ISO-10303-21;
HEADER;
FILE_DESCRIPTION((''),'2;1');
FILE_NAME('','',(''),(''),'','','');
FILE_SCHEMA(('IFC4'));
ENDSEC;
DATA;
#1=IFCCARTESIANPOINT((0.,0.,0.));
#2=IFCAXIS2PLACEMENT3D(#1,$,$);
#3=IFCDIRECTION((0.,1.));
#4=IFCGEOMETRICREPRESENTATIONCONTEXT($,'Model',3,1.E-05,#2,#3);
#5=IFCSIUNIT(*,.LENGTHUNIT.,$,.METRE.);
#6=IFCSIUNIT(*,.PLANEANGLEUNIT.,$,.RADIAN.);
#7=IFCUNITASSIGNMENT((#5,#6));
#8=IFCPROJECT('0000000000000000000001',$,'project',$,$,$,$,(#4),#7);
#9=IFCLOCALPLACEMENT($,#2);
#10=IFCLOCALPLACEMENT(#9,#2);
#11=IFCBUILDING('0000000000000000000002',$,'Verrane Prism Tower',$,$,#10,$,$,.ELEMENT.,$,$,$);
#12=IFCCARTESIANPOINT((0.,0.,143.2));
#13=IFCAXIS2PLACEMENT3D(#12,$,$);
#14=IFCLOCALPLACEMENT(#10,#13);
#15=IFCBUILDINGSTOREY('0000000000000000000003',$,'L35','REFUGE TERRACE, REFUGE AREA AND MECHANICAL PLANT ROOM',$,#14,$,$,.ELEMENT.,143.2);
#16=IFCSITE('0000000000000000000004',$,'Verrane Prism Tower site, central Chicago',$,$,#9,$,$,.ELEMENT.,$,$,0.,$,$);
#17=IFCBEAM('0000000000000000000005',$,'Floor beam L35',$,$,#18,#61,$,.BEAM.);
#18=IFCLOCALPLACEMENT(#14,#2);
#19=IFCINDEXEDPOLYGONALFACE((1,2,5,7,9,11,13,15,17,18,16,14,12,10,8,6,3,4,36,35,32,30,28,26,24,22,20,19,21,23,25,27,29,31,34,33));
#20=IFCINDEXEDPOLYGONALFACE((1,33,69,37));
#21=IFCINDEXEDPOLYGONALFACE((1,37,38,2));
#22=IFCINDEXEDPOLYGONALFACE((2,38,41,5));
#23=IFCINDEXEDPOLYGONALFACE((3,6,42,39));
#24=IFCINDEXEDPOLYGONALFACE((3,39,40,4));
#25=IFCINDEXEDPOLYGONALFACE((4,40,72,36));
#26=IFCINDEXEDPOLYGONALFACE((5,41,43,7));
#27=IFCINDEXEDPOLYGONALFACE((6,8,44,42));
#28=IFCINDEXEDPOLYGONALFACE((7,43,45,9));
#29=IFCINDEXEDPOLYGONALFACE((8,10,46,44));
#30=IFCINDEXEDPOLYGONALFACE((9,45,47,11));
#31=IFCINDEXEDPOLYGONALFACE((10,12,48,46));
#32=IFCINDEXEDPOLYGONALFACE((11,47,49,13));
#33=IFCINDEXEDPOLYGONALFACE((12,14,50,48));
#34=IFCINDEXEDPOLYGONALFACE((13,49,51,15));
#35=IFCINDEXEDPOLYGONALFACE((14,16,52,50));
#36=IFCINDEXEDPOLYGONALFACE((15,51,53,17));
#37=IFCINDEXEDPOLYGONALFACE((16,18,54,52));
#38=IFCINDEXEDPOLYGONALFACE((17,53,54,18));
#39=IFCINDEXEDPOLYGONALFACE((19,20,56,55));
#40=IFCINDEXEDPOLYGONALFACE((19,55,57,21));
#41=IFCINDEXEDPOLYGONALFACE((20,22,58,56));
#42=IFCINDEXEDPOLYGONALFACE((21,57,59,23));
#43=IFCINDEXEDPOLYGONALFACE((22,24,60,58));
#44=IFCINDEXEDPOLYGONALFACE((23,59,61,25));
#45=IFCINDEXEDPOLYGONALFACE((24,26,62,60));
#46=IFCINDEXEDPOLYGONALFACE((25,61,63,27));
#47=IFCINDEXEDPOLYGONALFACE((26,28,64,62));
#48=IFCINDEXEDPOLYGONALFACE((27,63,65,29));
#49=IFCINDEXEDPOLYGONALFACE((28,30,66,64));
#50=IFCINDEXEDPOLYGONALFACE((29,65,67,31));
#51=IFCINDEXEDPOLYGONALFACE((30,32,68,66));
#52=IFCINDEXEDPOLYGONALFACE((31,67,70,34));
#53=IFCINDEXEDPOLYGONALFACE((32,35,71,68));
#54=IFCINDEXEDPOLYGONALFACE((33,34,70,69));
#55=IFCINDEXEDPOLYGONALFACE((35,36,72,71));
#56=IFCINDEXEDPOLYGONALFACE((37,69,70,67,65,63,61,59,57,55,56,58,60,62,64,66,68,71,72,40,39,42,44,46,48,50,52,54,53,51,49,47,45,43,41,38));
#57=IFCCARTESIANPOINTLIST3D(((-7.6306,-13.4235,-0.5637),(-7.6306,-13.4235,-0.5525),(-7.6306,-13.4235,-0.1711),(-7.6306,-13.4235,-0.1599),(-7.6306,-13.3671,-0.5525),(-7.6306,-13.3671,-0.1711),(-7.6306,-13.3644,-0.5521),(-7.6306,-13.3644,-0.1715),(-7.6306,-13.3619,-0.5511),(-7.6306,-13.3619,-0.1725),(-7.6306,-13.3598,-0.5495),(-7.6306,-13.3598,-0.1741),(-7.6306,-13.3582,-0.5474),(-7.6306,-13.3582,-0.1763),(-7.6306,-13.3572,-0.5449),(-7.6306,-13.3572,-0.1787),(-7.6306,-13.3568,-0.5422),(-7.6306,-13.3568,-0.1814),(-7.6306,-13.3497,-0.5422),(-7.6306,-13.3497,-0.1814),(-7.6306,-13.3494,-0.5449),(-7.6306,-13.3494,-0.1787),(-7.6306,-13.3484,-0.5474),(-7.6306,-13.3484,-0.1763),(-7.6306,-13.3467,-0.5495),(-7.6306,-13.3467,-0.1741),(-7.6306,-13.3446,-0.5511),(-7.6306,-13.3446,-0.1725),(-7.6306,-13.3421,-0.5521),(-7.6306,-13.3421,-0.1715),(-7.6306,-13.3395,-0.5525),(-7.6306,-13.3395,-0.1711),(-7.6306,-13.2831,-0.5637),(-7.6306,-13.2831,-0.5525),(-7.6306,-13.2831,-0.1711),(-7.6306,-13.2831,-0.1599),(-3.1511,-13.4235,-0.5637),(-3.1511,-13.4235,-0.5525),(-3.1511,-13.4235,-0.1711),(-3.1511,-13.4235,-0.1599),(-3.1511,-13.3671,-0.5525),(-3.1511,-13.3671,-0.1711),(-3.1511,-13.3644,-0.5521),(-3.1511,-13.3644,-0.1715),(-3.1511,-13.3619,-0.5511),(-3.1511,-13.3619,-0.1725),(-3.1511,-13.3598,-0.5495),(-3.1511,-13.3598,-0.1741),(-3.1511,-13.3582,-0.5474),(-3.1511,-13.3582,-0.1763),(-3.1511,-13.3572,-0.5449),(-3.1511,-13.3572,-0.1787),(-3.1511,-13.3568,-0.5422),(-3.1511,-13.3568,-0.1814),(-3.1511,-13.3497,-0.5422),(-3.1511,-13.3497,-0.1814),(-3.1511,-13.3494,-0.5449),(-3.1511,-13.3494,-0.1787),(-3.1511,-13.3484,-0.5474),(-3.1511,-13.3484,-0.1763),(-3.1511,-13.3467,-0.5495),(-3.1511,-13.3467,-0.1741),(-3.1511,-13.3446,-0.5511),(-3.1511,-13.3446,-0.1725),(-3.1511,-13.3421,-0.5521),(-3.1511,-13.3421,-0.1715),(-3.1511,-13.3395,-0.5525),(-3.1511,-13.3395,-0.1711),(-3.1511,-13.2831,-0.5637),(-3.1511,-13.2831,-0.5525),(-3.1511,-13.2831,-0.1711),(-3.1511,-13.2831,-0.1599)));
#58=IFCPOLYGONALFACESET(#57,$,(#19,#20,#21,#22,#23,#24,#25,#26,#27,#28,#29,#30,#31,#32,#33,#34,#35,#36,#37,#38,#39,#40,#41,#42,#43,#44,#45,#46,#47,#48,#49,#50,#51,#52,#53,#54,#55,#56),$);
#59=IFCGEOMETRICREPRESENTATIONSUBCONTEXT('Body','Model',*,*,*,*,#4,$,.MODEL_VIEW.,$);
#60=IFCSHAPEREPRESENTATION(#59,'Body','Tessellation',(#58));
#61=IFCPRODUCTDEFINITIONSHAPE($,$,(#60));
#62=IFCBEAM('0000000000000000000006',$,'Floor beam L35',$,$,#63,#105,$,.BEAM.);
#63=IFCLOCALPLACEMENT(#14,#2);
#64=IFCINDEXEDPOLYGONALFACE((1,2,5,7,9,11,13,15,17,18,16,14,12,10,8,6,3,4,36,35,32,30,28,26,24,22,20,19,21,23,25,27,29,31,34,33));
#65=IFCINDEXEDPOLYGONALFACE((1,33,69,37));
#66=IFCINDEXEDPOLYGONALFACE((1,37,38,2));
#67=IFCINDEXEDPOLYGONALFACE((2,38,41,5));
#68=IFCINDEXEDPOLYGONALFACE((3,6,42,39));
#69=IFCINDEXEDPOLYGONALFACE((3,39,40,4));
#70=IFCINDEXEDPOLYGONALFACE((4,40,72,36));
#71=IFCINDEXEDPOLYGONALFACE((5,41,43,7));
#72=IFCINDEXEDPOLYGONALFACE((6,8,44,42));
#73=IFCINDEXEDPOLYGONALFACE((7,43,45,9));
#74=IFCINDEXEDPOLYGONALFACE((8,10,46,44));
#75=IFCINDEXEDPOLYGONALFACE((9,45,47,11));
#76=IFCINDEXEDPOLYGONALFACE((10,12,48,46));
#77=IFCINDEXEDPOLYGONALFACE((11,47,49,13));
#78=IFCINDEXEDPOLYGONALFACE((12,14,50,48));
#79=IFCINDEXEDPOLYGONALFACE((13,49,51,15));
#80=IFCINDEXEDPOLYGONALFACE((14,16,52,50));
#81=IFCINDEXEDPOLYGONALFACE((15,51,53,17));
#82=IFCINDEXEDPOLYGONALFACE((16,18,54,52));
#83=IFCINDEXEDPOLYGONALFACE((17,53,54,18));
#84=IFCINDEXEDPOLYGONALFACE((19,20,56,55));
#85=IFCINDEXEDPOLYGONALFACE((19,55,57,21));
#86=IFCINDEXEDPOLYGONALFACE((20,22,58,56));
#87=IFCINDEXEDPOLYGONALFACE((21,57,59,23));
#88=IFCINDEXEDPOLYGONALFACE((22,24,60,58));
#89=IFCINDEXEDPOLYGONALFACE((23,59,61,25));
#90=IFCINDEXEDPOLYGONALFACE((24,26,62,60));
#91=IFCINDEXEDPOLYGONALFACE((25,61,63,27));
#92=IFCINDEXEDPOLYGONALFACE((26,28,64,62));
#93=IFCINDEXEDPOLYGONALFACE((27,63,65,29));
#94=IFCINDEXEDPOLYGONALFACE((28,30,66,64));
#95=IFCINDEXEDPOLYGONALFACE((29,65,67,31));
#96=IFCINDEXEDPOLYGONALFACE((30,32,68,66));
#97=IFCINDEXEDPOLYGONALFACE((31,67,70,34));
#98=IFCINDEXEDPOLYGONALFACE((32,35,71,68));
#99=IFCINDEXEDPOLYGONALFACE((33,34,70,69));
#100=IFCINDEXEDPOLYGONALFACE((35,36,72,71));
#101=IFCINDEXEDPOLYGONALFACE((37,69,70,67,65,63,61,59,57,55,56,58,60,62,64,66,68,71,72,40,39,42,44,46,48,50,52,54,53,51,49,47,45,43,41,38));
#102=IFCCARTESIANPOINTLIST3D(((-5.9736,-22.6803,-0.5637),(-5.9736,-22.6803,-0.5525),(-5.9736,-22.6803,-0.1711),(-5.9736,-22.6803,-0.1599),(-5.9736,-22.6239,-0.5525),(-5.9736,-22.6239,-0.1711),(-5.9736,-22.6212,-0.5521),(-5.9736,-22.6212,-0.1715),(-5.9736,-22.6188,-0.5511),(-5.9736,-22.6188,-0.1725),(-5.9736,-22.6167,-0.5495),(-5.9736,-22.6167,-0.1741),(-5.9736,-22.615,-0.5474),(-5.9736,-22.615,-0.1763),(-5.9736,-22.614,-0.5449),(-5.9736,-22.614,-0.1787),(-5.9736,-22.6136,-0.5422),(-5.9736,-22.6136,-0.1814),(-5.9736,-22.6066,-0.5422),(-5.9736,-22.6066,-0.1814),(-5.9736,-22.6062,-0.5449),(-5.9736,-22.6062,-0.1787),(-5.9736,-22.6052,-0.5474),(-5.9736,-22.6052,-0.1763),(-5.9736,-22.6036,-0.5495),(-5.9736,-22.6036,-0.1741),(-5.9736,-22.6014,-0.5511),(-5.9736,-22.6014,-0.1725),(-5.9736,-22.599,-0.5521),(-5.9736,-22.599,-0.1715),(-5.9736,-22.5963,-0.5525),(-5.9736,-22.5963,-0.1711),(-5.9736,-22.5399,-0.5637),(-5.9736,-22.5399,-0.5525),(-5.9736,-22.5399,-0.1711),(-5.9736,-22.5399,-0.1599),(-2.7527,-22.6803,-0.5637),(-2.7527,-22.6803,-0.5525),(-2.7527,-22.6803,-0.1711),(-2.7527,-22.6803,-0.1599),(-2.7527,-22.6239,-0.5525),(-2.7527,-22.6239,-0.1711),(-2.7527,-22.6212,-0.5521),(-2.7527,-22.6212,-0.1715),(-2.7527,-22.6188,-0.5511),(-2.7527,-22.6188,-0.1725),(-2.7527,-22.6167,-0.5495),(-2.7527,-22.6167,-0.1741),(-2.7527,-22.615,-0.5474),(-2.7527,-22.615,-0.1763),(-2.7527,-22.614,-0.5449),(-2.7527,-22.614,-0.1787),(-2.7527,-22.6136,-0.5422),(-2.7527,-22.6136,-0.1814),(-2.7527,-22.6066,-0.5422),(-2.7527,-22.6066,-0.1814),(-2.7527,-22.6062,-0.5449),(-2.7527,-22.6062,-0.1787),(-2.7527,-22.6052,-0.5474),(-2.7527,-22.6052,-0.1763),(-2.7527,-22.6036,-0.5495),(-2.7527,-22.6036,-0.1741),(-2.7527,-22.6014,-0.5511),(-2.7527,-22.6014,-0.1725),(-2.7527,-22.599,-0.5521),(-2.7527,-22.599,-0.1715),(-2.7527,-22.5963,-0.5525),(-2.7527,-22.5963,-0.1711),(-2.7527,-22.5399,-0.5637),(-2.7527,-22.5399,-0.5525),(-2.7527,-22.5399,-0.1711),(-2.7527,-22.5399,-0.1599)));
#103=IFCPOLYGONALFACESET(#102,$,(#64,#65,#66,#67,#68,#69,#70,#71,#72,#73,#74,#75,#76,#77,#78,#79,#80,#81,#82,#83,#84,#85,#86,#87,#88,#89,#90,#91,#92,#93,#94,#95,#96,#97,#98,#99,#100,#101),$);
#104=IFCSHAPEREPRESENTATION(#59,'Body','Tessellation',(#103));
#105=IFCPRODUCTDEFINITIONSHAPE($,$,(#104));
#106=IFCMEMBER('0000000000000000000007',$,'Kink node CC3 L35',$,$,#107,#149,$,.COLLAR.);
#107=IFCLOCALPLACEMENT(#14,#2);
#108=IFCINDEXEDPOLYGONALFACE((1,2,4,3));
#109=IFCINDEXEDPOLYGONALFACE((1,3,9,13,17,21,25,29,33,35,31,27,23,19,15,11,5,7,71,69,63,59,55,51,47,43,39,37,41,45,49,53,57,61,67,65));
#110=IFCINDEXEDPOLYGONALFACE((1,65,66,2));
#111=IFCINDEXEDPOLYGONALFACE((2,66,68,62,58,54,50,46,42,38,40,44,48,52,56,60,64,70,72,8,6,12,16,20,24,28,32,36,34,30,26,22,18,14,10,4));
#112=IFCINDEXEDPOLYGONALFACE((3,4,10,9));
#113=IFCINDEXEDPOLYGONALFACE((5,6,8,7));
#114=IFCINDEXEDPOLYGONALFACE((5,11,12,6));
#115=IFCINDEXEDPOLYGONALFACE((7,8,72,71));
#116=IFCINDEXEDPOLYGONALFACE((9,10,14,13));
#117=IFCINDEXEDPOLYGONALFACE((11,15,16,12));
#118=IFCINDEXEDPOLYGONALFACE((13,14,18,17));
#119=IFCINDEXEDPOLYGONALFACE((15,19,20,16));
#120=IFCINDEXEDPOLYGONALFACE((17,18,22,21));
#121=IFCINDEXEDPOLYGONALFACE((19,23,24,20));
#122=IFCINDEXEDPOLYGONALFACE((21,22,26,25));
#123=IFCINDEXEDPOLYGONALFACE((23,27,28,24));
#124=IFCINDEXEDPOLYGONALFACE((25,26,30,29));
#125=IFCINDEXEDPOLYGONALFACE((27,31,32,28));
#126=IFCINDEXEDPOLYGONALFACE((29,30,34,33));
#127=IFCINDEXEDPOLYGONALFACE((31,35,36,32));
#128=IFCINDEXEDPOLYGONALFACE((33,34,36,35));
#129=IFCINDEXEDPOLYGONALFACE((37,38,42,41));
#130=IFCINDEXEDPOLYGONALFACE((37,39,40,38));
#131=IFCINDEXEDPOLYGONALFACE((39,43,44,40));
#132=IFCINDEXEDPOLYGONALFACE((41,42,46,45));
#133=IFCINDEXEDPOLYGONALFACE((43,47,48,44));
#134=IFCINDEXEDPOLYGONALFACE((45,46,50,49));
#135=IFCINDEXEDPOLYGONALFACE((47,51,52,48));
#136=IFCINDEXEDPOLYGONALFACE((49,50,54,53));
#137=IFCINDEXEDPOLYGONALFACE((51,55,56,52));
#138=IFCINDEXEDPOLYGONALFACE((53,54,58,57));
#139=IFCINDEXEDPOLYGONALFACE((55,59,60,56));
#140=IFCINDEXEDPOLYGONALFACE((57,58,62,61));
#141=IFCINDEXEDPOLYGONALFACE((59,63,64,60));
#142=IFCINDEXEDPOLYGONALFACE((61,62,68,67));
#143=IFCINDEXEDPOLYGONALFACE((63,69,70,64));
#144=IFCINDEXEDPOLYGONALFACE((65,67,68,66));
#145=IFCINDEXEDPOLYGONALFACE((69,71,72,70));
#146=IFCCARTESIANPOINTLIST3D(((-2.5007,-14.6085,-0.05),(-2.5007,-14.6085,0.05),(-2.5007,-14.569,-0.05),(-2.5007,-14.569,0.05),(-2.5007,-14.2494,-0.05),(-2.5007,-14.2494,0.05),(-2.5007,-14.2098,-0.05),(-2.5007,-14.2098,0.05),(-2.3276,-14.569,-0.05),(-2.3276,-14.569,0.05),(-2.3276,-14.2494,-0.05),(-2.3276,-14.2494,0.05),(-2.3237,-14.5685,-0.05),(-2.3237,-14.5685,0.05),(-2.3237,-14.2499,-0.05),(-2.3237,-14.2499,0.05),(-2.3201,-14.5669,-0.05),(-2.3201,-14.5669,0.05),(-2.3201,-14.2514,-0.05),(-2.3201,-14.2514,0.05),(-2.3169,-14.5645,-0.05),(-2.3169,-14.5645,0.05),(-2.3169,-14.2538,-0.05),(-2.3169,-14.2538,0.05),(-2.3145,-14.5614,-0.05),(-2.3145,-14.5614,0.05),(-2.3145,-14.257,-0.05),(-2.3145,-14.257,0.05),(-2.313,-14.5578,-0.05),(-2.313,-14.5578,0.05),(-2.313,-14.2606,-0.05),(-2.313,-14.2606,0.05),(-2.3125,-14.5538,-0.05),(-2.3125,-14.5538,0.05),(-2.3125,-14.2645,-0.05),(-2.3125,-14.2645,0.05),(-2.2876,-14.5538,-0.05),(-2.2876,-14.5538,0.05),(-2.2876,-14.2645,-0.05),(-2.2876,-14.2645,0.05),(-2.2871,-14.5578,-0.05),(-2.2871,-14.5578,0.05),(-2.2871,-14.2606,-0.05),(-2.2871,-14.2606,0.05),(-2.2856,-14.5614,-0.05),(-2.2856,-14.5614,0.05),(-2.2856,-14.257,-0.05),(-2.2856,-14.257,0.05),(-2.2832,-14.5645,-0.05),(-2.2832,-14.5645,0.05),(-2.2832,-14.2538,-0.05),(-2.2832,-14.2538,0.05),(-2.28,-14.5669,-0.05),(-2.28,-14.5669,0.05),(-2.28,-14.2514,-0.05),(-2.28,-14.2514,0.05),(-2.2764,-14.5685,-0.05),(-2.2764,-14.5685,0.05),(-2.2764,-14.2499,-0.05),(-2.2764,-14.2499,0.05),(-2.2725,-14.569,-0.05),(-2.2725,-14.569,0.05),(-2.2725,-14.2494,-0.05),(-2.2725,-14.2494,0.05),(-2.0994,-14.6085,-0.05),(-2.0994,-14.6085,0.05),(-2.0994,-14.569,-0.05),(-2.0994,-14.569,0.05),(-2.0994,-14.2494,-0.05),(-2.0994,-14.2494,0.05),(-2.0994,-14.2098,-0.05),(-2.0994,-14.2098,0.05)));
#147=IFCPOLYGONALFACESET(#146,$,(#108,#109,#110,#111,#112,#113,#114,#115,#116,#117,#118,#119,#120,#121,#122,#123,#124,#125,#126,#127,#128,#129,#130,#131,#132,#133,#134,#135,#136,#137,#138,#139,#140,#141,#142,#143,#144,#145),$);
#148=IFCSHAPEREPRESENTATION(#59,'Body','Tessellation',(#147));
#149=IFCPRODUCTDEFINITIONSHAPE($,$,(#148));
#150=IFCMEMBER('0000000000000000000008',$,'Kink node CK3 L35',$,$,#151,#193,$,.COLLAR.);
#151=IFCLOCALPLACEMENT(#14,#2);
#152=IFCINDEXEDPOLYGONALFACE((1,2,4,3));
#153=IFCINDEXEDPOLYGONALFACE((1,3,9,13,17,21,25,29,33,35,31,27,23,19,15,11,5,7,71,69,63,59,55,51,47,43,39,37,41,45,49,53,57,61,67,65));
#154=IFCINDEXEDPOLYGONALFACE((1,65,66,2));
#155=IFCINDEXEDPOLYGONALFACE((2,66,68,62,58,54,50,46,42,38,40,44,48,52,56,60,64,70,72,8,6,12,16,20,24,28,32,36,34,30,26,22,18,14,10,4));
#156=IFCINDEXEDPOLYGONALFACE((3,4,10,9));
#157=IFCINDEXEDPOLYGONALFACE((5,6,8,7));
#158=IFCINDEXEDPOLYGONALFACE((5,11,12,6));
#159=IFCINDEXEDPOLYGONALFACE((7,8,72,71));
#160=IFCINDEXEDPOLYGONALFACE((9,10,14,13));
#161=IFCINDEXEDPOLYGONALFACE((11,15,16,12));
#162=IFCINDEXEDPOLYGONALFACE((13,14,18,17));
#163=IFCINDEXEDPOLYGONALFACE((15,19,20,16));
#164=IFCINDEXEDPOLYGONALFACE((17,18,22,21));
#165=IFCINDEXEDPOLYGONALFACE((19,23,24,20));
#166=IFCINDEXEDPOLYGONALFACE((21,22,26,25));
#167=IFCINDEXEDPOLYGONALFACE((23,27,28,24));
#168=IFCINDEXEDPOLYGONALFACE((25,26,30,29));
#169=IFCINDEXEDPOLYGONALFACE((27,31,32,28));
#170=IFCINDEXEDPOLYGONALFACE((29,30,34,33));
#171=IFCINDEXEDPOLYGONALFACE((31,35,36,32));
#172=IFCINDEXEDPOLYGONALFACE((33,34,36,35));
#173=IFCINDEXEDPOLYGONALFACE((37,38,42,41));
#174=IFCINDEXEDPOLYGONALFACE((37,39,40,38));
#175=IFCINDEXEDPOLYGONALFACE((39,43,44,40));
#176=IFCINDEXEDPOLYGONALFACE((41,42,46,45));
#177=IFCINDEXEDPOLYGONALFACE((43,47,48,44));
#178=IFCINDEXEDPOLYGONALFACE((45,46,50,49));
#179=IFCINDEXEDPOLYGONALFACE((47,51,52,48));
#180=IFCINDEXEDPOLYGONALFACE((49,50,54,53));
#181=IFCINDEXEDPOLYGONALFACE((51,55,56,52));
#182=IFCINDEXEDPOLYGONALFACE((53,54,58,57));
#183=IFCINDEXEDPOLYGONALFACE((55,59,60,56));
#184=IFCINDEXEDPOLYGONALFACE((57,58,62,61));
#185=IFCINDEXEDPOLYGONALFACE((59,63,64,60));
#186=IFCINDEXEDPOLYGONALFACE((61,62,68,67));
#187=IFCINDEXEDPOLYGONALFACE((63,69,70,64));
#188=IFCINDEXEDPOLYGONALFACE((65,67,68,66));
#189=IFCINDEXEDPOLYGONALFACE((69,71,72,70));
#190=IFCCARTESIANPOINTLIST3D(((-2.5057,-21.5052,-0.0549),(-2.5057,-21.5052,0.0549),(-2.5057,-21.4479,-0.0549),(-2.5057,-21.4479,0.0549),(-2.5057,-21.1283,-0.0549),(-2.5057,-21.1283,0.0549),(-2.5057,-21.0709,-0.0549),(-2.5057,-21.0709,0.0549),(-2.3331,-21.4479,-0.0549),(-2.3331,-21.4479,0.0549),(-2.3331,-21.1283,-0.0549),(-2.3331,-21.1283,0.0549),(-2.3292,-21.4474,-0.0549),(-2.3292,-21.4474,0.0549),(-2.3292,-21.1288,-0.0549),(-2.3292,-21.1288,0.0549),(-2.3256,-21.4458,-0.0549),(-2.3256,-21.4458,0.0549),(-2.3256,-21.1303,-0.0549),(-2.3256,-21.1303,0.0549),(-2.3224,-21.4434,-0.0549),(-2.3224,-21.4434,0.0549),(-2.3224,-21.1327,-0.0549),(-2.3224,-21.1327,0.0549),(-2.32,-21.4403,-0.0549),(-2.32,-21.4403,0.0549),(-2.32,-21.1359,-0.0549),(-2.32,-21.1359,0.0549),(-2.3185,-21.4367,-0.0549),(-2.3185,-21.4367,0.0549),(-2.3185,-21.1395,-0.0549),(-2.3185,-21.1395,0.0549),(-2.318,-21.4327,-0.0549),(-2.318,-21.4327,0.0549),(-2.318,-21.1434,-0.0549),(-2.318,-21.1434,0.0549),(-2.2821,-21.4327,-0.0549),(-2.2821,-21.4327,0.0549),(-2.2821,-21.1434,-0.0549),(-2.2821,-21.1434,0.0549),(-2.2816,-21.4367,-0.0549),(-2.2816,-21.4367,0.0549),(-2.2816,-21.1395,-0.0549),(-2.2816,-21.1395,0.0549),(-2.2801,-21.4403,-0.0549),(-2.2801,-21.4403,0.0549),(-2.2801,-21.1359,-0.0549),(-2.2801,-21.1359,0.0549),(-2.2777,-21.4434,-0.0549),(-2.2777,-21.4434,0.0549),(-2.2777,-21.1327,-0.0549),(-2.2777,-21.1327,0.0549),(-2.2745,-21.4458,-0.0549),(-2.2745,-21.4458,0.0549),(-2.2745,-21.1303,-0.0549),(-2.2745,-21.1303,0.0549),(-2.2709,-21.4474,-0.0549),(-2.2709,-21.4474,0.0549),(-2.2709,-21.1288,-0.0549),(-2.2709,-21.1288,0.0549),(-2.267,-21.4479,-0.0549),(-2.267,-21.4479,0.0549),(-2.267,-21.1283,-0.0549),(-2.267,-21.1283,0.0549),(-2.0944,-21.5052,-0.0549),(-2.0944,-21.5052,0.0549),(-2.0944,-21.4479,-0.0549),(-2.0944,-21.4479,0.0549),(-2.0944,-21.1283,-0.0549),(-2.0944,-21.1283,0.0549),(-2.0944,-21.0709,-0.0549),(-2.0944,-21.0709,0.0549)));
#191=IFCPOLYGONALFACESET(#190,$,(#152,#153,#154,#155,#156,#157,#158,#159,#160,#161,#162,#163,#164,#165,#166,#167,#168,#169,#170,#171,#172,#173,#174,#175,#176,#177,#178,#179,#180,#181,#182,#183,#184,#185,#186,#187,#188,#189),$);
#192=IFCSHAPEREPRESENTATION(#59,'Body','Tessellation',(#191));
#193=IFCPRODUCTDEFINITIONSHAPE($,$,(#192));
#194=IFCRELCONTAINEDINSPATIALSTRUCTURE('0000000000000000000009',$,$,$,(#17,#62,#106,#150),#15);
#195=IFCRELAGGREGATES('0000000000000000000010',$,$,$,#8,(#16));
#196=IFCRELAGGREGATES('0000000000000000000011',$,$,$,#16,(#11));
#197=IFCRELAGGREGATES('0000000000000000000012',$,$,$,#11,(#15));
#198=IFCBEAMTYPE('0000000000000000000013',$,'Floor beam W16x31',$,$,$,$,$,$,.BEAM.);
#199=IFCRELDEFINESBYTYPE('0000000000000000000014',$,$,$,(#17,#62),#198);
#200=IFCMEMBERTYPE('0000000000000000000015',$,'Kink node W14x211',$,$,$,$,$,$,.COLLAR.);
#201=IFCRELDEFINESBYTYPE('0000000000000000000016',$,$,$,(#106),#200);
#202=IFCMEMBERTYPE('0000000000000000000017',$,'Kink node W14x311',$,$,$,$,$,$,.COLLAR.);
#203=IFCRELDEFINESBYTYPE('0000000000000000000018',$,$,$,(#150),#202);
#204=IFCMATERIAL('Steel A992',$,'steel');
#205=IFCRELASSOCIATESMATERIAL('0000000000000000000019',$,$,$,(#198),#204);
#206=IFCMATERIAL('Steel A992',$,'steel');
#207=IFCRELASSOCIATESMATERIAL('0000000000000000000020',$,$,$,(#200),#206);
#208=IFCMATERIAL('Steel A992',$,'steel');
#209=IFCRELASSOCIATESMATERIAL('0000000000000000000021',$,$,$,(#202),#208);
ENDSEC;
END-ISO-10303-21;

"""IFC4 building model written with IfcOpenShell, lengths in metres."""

from ifc_helpers import new_model, si_unit, direction, frame, origin, origin_2d, place, context, subcontext, project, spatial, i_section, extrude, material, material_profile, profile_set, type_object, element, save


model = new_model("IFC4")

# Units and contexts
model_context = context("Model", 3, precision=1e-05, world=origin(), true_north=direction((0.0, 1.0)))
body_context = subcontext(model_context, "Body", "Model", "MODEL_VIEW")
ifc_project = project(units=[si_unit("LENGTHUNIT", "METRE"), si_unit("PLANEANGLEUNIT", "RADIAN")], contexts=[model_context])

# Site, building, storey
site_placement = place(None, origin())
site = spatial("IfcSite", under=ifc_project, at=site_placement, Name="Verrane Prism Tower site, central Chicago", CompositionType="ELEMENT", RefElevation=0.0)
building_placement = place(site_placement, origin())
building = spatial("IfcBuilding", under=site, at=building_placement, Name="Verrane Prism Tower", CompositionType="ELEMENT")
storey_placement = place(building_placement, frame((0.0, 0.0, 143.2)))
storey = spatial("IfcBuildingStorey", under=building, at=storey_placement, Name="L35", Description="REFUGE TERRACE, REFUGE AREA AND MECHANICAL PLANT ROOM", CompositionType="ELEMENT", Elevation=143.2)

# Beams
ifc_material_1 = material(Name="Steel A992", Category="steel")
ifc_material_profile_1 = material_profile(ifc_material_1, i_section(OverallWidth=0.1404, OverallDepth=0.4038, WebThickness=0.0071, FlangeThickness=0.0112, FilletRadius=0.0103, at=origin_2d()), Name="W16x31")
ifc_profile_set_1 = profile_set([ifc_material_profile_1], Name="Steel A992")
beam_type_1 = type_object("IfcBeamType", Name="Floor beam W16x31", PredefinedType="BEAM", material=ifc_profile_set_1)
beam_1_placement = place(storey_placement, frame((-7.6306, -13.3533, -0.3618), z_axis=(1.0, 0.0, 0.0), x_axis=(0.0, 1.0, 0.0)))
element("IfcBeam", 1, at=beam_1_placement, inside=storey, type_object=beam_type_1, Name="Floor beam L35", PredefinedType="BEAM", context=body_context, shape_type="SweptSolid", body=[
    extrude(i_section(OverallWidth=0.1404, OverallDepth=0.4038, WebThickness=0.0071, FlangeThickness=0.0112, FilletRadius=0.0103, at=origin_2d()), origin(), (0.0, 0.0, 1.0), 4.4795),
])
beam_2_placement = place(storey_placement, frame((-5.9736, -22.6101, -0.3618), z_axis=(1.0, 0.0, 0.0), x_axis=(0.0, 1.0, 0.0)))
element("IfcBeam", 2, at=beam_2_placement, inside=storey, type_object=beam_type_1, Name="Floor beam L35", PredefinedType="BEAM", context=body_context, shape_type="SweptSolid", body=[
    extrude(i_section(OverallWidth=0.1404, OverallDepth=0.4038, WebThickness=0.0071, FlangeThickness=0.0112, FilletRadius=0.0103, at=origin_2d()), origin(), (0.0, 0.0, 1.0), 3.2209),
])

# Members
ifc_material_2 = material(Name="Steel A992", Category="steel")
ifc_material_profile_2 = material_profile(ifc_material_2, i_section(OverallWidth=0.4014, OverallDepth=0.3987, WebThickness=0.0249, FlangeThickness=0.0396, FilletRadius=0.0151, at=origin_2d()), Name="W14x211")
ifc_profile_set_2 = profile_set([ifc_material_profile_2], Name="Steel A992")
member_type_1 = type_object("IfcMemberType", Name="Kink node W14x211", PredefinedType="COLLAR", material=ifc_profile_set_2)
member_1_placement = place(storey_placement, frame((-2.3, -14.4092, -0.05), z_axis=(0.0, 0.0, 1.0), x_axis=(1.0, 0.0, 0.0)))
element("IfcMember", 3, at=member_1_placement, inside=storey, type_object=member_type_1, Name="Kink node CC3 L35", PredefinedType="COLLAR", context=body_context, shape_type="SweptSolid", body=[
    extrude(i_section(OverallWidth=0.4014, OverallDepth=0.3987, WebThickness=0.0249, FlangeThickness=0.0396, FilletRadius=0.0151, at=origin_2d()), origin(), (0.0, 0.0, 1.0), 0.1001),
])
ifc_material_3 = material(Name="Steel A992", Category="steel")
ifc_material_profile_3 = material_profile(ifc_material_3, i_section(OverallWidth=0.4114, OverallDepth=0.4343, WebThickness=0.0359, FlangeThickness=0.0574, FilletRadius=0.0151, at=origin_2d()), Name="W14x311")
ifc_profile_set_3 = profile_set([ifc_material_profile_3], Name="Steel A992")
member_type_2 = type_object("IfcMemberType", Name="Kink node W14x311", PredefinedType="COLLAR", material=ifc_profile_set_3)
member_2_placement = place(storey_placement, frame((-2.3, -21.2881, -0.0549), z_axis=(0.0, 0.0, 1.0), x_axis=(-1.0, 0.0, 0.0)))
element("IfcMember", 4, at=member_2_placement, inside=storey, type_object=member_type_2, Name="Kink node CK3 L35", PredefinedType="COLLAR", context=body_context, shape_type="SweptSolid", body=[
    extrude(i_section(OverallWidth=0.4114, OverallDepth=0.4343, WebThickness=0.0359, FlangeThickness=0.0574, FilletRadius=0.0151, at=origin_2d()), origin(), (0.0, 0.0, 1.0), 0.1099),
])

save(model, "model.ifc")
